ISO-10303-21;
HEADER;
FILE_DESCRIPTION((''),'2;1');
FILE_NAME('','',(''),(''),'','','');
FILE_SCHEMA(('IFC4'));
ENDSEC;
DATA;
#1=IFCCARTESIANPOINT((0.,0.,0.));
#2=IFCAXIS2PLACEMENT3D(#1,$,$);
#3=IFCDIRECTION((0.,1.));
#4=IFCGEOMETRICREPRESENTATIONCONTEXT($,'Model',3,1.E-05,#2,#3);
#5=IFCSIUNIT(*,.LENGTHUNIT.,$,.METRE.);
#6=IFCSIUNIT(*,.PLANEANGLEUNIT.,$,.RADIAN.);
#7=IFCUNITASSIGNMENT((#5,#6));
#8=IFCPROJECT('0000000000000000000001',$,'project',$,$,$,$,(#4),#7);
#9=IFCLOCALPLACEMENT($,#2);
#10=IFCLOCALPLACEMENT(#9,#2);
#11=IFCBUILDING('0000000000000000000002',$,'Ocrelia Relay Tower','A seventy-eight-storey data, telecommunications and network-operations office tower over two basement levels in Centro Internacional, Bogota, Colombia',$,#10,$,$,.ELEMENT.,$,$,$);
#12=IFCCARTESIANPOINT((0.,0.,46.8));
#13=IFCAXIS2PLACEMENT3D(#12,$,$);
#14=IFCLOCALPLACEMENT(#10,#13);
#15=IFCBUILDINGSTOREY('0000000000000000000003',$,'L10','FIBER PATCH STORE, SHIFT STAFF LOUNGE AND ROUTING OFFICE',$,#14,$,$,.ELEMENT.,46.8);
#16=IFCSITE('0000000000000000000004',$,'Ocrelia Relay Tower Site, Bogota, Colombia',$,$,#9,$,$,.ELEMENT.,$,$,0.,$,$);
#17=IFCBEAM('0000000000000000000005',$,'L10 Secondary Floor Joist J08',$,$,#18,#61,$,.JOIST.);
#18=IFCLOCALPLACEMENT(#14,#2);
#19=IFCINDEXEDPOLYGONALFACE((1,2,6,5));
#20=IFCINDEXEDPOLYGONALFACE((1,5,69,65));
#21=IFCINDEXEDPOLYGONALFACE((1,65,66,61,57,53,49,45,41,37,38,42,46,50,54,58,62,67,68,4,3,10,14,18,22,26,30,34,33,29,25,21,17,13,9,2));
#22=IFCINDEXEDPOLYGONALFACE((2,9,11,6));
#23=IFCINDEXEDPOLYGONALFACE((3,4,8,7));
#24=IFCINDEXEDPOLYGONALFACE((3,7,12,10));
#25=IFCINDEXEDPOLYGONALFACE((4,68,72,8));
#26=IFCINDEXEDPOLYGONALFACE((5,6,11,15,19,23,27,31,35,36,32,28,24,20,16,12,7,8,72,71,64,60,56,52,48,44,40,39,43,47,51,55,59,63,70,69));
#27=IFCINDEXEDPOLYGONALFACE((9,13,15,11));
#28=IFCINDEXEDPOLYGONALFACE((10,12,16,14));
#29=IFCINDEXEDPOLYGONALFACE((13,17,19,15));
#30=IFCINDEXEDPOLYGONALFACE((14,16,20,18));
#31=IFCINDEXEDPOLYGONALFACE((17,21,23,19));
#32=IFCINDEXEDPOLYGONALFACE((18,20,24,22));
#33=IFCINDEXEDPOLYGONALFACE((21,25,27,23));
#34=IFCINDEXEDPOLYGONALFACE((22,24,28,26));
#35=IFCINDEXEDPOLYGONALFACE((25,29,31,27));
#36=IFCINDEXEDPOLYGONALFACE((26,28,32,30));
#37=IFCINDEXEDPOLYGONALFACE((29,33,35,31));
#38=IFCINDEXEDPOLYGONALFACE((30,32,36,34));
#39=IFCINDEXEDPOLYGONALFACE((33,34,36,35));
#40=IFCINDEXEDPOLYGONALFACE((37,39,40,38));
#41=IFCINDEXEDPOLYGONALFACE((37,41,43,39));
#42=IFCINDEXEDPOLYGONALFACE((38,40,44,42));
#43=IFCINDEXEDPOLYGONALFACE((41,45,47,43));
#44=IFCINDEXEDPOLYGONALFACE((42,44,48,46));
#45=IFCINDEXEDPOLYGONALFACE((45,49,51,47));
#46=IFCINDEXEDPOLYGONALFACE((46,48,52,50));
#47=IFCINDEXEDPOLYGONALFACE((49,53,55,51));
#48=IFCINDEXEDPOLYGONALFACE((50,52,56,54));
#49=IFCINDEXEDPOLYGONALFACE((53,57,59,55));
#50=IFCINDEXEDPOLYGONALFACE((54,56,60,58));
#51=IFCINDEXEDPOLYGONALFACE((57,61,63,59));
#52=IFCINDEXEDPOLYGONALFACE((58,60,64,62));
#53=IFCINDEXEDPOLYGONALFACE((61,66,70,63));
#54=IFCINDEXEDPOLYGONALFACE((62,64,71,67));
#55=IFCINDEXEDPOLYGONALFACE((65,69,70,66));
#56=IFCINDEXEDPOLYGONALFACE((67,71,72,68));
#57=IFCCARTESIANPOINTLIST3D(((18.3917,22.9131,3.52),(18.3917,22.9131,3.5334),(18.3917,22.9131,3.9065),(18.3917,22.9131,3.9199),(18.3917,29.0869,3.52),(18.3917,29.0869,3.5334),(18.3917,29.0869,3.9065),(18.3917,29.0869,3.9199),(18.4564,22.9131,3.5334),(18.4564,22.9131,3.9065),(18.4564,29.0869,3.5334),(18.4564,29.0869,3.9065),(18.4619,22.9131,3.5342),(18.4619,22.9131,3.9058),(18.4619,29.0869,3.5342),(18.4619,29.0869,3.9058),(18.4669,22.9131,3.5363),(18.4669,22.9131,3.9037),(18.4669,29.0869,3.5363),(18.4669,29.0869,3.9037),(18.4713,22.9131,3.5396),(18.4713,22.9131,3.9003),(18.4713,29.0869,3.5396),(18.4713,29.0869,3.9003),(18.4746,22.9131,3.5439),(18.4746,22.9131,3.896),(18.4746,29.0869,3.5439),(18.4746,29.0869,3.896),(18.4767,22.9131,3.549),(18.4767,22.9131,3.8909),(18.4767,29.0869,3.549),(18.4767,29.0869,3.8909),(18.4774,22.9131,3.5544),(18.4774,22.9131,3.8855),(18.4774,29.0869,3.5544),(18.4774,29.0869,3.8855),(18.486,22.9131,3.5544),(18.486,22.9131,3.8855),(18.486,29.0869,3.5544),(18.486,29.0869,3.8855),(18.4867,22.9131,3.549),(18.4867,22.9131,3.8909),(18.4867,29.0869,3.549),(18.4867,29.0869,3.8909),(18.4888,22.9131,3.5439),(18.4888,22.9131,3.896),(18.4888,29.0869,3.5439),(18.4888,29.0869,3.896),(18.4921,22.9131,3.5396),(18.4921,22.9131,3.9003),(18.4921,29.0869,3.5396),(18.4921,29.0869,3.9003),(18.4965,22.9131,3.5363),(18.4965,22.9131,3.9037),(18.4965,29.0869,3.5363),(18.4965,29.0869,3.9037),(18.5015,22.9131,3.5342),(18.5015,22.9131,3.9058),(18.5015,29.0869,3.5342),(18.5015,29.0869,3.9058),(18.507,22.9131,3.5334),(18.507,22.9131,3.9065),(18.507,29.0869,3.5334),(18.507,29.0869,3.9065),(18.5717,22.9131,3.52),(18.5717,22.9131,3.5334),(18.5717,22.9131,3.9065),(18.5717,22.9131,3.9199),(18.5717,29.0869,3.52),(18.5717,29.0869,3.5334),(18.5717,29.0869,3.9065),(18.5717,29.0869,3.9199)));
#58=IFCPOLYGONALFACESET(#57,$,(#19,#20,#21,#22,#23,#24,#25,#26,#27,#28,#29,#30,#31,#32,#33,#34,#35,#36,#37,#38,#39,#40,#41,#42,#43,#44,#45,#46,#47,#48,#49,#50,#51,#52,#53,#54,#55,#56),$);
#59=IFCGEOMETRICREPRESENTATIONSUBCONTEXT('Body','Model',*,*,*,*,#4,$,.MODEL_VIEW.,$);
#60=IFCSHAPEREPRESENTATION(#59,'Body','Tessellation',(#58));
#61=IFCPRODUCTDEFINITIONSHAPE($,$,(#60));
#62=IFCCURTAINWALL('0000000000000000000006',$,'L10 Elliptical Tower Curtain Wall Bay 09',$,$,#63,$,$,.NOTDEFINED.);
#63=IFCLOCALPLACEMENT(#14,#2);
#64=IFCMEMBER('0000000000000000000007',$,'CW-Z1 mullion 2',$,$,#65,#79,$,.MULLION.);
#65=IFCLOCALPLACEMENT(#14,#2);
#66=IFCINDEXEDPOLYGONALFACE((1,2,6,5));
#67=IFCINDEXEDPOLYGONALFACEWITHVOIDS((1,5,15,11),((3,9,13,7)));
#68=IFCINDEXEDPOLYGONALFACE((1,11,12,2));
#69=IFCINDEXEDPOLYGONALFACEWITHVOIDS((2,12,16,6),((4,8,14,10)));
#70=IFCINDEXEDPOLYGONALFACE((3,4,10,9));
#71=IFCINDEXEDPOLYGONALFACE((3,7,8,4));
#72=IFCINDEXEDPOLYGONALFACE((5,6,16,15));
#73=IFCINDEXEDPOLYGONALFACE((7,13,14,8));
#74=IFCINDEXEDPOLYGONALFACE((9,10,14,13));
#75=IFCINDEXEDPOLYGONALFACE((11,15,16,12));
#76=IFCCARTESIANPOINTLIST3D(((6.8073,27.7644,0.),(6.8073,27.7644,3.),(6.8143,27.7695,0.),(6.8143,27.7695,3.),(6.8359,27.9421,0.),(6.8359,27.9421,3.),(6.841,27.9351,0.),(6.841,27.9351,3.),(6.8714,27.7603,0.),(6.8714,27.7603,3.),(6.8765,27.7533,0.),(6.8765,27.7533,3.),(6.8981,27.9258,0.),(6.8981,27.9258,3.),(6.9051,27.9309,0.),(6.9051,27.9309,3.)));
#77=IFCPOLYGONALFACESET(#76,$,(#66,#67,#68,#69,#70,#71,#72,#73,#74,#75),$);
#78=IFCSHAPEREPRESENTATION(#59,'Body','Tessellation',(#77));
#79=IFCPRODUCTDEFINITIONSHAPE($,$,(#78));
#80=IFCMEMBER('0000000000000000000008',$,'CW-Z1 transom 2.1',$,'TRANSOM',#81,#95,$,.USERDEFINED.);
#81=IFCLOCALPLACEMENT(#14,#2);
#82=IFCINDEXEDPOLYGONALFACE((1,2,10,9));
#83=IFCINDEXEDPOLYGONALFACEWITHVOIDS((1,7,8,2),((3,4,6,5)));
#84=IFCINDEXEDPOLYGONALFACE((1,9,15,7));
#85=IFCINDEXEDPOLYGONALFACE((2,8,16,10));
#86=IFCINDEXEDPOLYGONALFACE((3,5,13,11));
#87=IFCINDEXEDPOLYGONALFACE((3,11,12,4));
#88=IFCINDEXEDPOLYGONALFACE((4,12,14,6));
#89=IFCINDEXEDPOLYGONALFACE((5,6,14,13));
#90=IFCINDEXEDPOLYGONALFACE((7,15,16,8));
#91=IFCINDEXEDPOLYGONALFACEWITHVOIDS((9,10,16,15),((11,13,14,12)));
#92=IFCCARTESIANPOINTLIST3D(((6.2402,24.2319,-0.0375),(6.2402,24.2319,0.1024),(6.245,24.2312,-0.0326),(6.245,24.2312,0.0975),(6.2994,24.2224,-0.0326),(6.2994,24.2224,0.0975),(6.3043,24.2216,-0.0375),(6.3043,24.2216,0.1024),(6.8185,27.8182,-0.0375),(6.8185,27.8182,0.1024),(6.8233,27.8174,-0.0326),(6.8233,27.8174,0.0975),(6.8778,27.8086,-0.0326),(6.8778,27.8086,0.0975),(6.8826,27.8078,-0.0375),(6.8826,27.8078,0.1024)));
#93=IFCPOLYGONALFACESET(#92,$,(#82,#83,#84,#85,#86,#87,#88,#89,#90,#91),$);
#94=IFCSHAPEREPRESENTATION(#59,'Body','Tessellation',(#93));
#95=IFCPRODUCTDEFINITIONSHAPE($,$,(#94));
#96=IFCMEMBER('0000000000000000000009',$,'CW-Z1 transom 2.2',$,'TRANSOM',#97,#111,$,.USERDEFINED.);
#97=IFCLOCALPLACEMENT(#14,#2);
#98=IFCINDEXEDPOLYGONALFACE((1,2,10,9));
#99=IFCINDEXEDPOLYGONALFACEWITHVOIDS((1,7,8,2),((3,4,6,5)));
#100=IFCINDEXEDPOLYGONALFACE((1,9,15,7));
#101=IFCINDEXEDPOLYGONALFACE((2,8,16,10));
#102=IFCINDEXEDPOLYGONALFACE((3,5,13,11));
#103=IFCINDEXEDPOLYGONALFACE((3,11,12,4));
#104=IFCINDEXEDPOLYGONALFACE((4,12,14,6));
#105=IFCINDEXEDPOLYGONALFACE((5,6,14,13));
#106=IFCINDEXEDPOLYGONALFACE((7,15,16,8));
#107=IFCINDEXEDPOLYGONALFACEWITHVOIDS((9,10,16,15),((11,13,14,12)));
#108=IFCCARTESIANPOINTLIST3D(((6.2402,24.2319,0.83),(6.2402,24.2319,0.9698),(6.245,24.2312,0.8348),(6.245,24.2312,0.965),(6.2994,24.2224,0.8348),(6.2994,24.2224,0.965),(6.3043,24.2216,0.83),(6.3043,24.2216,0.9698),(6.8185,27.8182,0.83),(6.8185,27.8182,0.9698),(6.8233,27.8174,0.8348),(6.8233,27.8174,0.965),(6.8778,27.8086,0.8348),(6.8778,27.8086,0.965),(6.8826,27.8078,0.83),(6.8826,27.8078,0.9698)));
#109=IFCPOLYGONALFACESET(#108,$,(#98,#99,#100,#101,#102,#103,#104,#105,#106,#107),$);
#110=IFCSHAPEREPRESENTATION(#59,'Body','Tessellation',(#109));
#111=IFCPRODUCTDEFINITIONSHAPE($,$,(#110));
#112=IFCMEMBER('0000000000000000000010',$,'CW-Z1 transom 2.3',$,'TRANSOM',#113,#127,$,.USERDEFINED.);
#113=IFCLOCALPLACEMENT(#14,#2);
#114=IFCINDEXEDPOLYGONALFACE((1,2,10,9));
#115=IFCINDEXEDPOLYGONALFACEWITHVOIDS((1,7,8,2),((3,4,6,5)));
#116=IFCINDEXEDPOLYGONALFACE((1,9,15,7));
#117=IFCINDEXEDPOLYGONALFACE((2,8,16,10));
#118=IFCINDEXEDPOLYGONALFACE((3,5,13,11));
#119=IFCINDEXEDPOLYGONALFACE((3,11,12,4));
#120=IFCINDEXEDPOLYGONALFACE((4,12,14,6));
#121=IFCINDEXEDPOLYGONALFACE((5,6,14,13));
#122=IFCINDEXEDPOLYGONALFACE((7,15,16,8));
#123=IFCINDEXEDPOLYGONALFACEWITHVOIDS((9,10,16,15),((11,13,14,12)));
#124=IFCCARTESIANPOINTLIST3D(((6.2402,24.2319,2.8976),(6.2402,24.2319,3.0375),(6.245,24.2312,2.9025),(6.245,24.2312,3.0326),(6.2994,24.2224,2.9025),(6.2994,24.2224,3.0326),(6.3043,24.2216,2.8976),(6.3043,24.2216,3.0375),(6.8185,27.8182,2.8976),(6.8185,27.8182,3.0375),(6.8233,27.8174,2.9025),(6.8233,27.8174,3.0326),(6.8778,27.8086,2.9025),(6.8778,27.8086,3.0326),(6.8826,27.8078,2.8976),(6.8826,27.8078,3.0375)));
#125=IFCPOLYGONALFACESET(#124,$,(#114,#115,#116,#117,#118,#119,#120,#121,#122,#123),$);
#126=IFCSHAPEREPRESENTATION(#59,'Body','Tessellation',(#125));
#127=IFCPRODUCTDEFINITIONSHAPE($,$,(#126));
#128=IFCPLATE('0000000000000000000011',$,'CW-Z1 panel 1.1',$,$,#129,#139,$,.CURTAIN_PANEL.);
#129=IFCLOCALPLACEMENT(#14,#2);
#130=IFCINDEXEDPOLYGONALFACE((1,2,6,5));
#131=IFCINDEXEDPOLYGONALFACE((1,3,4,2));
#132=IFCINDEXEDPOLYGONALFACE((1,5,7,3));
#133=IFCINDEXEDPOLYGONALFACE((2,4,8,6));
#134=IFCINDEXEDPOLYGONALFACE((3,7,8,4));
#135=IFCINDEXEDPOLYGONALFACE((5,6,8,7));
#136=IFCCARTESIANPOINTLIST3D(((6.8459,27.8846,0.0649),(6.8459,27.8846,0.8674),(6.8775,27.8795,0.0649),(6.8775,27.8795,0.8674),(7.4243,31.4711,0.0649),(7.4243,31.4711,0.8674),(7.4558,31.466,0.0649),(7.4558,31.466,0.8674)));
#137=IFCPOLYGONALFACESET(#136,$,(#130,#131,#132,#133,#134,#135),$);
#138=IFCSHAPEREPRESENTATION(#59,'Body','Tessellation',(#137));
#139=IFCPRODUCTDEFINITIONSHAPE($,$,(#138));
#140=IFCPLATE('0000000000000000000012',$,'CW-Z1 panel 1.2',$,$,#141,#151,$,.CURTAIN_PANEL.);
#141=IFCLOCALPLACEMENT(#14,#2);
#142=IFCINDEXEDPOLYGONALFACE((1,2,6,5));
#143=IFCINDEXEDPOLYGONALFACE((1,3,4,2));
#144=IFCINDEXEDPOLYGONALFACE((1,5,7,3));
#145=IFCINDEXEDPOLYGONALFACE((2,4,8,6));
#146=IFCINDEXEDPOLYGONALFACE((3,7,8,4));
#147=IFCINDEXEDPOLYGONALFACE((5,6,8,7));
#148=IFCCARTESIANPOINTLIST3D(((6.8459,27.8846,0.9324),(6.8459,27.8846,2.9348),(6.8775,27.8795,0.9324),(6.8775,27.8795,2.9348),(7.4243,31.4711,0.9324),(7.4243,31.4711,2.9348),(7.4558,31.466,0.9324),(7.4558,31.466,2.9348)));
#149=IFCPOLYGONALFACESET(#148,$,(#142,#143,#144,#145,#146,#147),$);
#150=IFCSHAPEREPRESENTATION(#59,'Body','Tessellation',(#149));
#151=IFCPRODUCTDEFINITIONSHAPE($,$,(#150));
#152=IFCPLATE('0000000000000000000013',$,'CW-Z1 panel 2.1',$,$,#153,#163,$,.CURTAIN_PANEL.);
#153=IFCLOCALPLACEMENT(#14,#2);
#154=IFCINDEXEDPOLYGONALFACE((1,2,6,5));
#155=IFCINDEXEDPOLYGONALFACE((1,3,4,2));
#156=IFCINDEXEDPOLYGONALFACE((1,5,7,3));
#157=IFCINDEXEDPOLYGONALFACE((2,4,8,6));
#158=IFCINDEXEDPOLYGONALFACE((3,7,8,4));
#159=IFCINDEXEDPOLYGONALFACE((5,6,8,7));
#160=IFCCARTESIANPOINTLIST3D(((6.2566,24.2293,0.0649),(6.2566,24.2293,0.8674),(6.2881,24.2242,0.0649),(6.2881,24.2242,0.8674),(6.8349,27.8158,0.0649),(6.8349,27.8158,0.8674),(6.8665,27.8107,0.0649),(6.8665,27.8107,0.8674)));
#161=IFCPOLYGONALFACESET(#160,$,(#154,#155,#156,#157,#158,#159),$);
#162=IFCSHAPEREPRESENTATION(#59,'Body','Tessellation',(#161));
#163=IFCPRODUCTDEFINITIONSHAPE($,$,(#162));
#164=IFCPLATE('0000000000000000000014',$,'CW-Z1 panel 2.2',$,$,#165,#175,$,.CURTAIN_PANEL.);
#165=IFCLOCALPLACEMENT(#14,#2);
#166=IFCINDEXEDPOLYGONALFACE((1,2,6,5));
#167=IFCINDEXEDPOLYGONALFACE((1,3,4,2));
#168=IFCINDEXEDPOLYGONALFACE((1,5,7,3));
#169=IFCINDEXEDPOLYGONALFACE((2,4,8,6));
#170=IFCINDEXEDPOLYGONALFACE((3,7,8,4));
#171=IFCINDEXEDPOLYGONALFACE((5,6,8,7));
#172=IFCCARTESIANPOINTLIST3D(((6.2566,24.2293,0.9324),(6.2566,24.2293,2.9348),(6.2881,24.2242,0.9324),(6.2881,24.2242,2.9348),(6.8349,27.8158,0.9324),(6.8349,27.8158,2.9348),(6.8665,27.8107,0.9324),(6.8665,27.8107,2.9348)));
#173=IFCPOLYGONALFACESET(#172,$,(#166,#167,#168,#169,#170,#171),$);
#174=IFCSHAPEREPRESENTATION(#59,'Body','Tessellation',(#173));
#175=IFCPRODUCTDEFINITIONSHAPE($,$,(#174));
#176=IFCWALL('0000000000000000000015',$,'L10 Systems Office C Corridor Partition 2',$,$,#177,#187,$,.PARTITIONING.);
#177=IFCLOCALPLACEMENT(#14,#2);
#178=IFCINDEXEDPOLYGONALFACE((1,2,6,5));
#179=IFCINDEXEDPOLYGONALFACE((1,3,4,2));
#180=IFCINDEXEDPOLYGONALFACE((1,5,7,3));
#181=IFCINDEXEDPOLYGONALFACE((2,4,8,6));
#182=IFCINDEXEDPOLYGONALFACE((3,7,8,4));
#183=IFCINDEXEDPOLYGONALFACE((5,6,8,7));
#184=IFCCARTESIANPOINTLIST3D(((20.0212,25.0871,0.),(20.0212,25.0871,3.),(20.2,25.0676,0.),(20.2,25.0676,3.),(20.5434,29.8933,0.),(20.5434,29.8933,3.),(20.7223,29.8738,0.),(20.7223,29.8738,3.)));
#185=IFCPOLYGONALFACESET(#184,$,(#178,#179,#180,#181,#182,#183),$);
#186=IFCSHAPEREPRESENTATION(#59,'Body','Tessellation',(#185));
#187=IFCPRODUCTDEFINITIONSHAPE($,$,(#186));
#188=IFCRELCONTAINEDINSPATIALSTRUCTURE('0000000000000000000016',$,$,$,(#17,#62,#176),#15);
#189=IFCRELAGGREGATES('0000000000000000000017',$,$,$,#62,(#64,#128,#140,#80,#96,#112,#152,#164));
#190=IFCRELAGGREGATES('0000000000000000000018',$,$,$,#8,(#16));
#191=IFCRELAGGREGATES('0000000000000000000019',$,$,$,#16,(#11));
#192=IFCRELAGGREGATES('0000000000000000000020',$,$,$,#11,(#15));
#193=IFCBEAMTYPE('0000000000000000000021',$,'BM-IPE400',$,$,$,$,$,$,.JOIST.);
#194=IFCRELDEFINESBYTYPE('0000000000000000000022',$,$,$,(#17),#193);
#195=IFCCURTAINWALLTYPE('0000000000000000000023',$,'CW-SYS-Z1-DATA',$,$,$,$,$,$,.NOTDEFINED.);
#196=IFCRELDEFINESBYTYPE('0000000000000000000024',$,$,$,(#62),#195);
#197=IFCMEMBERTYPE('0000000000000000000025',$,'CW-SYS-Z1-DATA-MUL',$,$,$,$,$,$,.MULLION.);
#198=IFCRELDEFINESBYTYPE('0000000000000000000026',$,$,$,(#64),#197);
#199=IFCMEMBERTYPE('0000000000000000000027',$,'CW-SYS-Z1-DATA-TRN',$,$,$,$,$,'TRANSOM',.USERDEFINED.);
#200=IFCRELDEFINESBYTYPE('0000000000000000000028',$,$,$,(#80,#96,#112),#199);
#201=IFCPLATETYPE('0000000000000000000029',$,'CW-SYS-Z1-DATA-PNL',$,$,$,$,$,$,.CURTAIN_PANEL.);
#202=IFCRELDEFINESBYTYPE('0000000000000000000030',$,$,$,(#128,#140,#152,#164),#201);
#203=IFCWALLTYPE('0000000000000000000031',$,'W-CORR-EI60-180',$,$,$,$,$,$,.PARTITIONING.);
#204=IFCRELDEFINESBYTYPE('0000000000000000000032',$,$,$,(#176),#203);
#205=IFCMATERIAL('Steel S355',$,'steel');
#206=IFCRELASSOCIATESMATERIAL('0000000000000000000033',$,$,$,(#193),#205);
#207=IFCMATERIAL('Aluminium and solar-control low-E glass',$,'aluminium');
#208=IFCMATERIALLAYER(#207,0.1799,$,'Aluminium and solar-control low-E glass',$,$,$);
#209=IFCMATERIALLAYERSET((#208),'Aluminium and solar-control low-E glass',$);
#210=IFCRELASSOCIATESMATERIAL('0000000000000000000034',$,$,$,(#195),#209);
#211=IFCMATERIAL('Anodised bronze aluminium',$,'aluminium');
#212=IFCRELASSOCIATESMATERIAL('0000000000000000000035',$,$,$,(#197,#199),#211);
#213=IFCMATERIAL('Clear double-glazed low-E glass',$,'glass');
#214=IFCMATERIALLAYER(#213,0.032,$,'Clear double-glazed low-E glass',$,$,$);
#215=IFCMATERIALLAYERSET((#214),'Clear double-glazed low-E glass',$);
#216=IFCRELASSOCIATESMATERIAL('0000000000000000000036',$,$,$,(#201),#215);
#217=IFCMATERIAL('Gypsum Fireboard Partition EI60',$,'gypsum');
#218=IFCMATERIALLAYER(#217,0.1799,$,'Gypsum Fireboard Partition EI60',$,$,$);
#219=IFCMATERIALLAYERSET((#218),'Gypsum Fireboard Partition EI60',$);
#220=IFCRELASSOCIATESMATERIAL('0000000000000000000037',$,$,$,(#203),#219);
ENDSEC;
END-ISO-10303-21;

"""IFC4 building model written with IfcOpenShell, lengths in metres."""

from ifc_helpers import new_model, si_unit, direction, frame, frame_2d, origin, origin_2d, place, context, subcontext, project, spatial, rectangle, hollow_rectangle, i_section, extrude, material, layer, layer_set, material_profile, profile_set, type_object, element, aggregate, save


model = new_model("IFC4")

# Units and contexts
model_context = context("Model", 3, precision=1e-05, world=origin(), true_north=direction((0.0, 1.0)))
body_context = subcontext(model_context, "Body", "Model", "MODEL_VIEW")
ifc_project = project(units=[si_unit("LENGTHUNIT", "METRE"), si_unit("PLANEANGLEUNIT", "RADIAN")], contexts=[model_context])

# Site, building, storey
site_placement = place(None, origin())
site = spatial("IfcSite", under=ifc_project, at=site_placement, Name="Ocrelia Relay Tower Site, Bogota, Colombia", CompositionType="ELEMENT", RefElevation=0.0)
building_placement = place(site_placement, origin())
building = spatial("IfcBuilding", under=site, at=building_placement, Name="Ocrelia Relay Tower", Description="A seventy-eight-storey data, telecommunications and network-operations office tower over two basement levels in Centro Internacional, Bogota, Colombia", CompositionType="ELEMENT")
storey_placement = place(building_placement, frame((0.0, 0.0, 46.8)))
storey = spatial("IfcBuildingStorey", under=building, at=storey_placement, Name="L10", Description="FIBER PATCH STORE, SHIFT STAFF LOUNGE AND ROUTING OFFICE", CompositionType="ELEMENT", Elevation=46.8)

# Beam
ifc_material_1 = material(Name="Steel S355", Category="steel")
ifc_material_profile_1 = material_profile(ifc_material_1, i_section(OverallWidth=0.1799, OverallDepth=0.3999, WebThickness=0.0085, FlangeThickness=0.0134, FilletRadius=0.021, at=origin_2d()), Name="IPE 400")
ifc_profile_set_1 = profile_set([ifc_material_profile_1], Name="Steel S355")
beam_type_1 = type_object("IfcBeamType", Name="BM-IPE400", PredefinedType="JOIST", material=ifc_profile_set_1)
beam_1_placement = place(storey_placement, frame((18.4817, 29.0869, 3.72), z_axis=(0.0, -1.0, 0.0), x_axis=(1.0, 0.0, 0.0)))
element("IfcBeam", 1, at=beam_1_placement, inside=storey, type_object=beam_type_1, Name="L10 Secondary Floor Joist J08", PredefinedType="JOIST", context=body_context, shape_type="SweptSolid", body=[
    extrude(i_section(OverallWidth=0.1799, OverallDepth=0.3999, WebThickness=0.0085, FlangeThickness=0.0134, FilletRadius=0.021, at=origin_2d()), origin(), (0.0, 0.0, 1.0), 6.1738),
])

# Curtain wall, members, plates
ifc_material_2 = material(Name="Aluminium and solar-control low-E glass", Category="aluminium")
ifc_layer_1 = layer(ifc_material_2, 0.1799, Name="Aluminium and solar-control low-E glass")
ifc_layer_set_1 = layer_set([ifc_layer_1], Name="Aluminium and solar-control low-E glass")
curtain_wall_type = type_object("IfcCurtainWallType", Name="CW-SYS-Z1-DATA", PredefinedType="NOTDEFINED", material=ifc_layer_set_1)
curtain_wall_placement = place(storey_placement, origin())
curtain_wall = element("IfcCurtainWall", 2, at=curtain_wall_placement, inside=storey, type_object=curtain_wall_type, Name="L10 Elliptical Tower Curtain Wall Bay 09", PredefinedType="NOTDEFINED")
ifc_material_3 = material(Name="Anodised bronze aluminium", Category="aluminium")
ifc_material_profile_2 = material_profile(ifc_material_3, hollow_rectangle(XDim=0.0701, YDim=0.1799, WallThickness=0.0061, at=origin_2d()), Name="CW-MUL-180x70")
ifc_profile_set_2 = profile_set([ifc_material_profile_2], Name="Anodised bronze aluminium")
member_type_1 = type_object("IfcMemberType", Name="CW-SYS-Z1-DATA-MUL", PredefinedType="MULLION", material=ifc_profile_set_2)
member_1_placement = place(storey_placement, frame((6.8562, 27.8477, 0.0), z_axis=(0.0, 0.0, 1.0), x_axis=(0.987246, -0.159201, 0.0)))
member_1 = element("IfcMember", 3, at=member_1_placement, type_object=member_type_1, Name="CW-Z1 mullion 2", PredefinedType="MULLION", context=body_context, shape_type="SweptSolid", body=[
    extrude(hollow_rectangle(XDim=0.0701, YDim=0.1799, WallThickness=0.0061, at=origin_2d()), origin(), (0.0, 0.0, 1.0), 3.0),
])
ifc_material_profile_3 = material_profile(ifc_material_3, hollow_rectangle(XDim=0.0649, YDim=0.1399, WallThickness=0.0049, at=origin_2d()), Name="CW-TRN-140x65")
ifc_profile_set_3 = profile_set([ifc_material_profile_3], Name="Anodised bronze aluminium")
member_type_2 = type_object("IfcMemberType", Name="CW-SYS-Z1-DATA-TRN", ElementType="TRANSOM", PredefinedType="USERDEFINED", material=ifc_profile_set_3)
member_2_placement = place(storey_placement, frame((6.8506, 27.813, 0.0325), z_axis=(-0.15922, -0.987243, 0.0), x_axis=(0.987243, -0.15922, 0.0)))
member_2 = element("IfcMember", 4, at=member_2_placement, type_object=member_type_2, Name="CW-Z1 transom 2.1", ObjectType="TRANSOM", PredefinedType="USERDEFINED", context=body_context, shape_type="SweptSolid", body=[
    extrude(hollow_rectangle(XDim=0.0649, YDim=0.1399, WallThickness=0.0049, at=origin_2d()), origin(), (0.0, 0.0, 1.0), 3.6326),
])
member_3_placement = place(storey_placement, frame((6.8506, 27.813, 0.8999), z_axis=(-0.15922, -0.987243, 0.0), x_axis=(0.987243, -0.15922, 0.0)))
member_3 = element("IfcMember", 5, at=member_3_placement, type_object=member_type_2, Name="CW-Z1 transom 2.2", ObjectType="TRANSOM", PredefinedType="USERDEFINED", context=body_context, shape_type="SweptSolid", body=[
    extrude(hollow_rectangle(XDim=0.0649, YDim=0.1399, WallThickness=0.0049, at=origin_2d()), origin(), (0.0, 0.0, 1.0), 3.6326),
])
member_4_placement = place(storey_placement, frame((6.8506, 27.813, 2.9675), z_axis=(-0.15922, -0.987243, 0.0), x_axis=(0.987243, -0.15922, 0.0)))
member_4 = element("IfcMember", 6, at=member_4_placement, type_object=member_type_2, Name="CW-Z1 transom 2.3", ObjectType="TRANSOM", PredefinedType="USERDEFINED", context=body_context, shape_type="SweptSolid", body=[
    extrude(hollow_rectangle(XDim=0.0649, YDim=0.1399, WallThickness=0.0049, at=origin_2d()), origin(), (0.0, 0.0, 1.0), 3.6326),
])
ifc_material_4 = material(Name="Clear double-glazed low-E glass", Category="glass")
ifc_layer_2 = layer(ifc_material_4, 0.032, Name="Clear double-glazed low-E glass")
ifc_layer_set_2 = layer_set([ifc_layer_2], Name="Clear double-glazed low-E glass")
plate_type = type_object("IfcPlateType", Name="CW-SYS-Z1-DATA-PNL", PredefinedType="CURTAIN_PANEL", material=ifc_layer_set_2)
plate_1_placement = place(storey_placement, frame((7.1509, 29.6753, 0.0649), z_axis=(0.0, 0.0, 1.0), x_axis=(-0.159201, -0.987246, 0.0)))
plate_1 = element("IfcPlate", 7, at=plate_1_placement, type_object=plate_type, Name="CW-Z1 panel 1.1", PredefinedType="CURTAIN_PANEL", context=body_context, shape_type="SweptSolid", body=[
    extrude(rectangle(XDim=3.6328, YDim=0.032, at=origin_2d()), origin(), (0.0, 0.0, 1.0), 0.8025),
])
plate_2_placement = place(storey_placement, frame((7.1509, 29.6753, 0.9324), z_axis=(0.0, 0.0, 1.0), x_axis=(-0.159201, -0.987246, 0.0)))
plate_2 = element("IfcPlate", 8, at=plate_2_placement, type_object=plate_type, Name="CW-Z1 panel 1.2", PredefinedType="CURTAIN_PANEL", context=body_context, shape_type="SweptSolid", body=[
    extrude(rectangle(XDim=3.6328, YDim=0.032, at=origin_2d()), origin(), (0.0, 0.0, 1.0), 2.0024),
])
plate_3_placement = place(storey_placement, frame((6.5615, 26.02, 0.0649), z_axis=(0.0, 0.0, 1.0), x_axis=(-0.159201, -0.987246, 0.0)))
plate_3 = element("IfcPlate", 9, at=plate_3_placement, type_object=plate_type, Name="CW-Z1 panel 2.1", PredefinedType="CURTAIN_PANEL", context=body_context, shape_type="SweptSolid", body=[
    extrude(rectangle(XDim=3.6328, YDim=0.032, at=origin_2d()), origin(), (0.0, 0.0, 1.0), 0.8025),
])
plate_4_placement = place(storey_placement, frame((6.5615, 26.02, 0.9324), z_axis=(0.0, 0.0, 1.0), x_axis=(-0.159201, -0.987246, 0.0)))
plate_4 = element("IfcPlate", 10, at=plate_4_placement, type_object=plate_type, Name="CW-Z1 panel 2.2", PredefinedType="CURTAIN_PANEL", context=body_context, shape_type="SweptSolid", body=[
    extrude(rectangle(XDim=3.6328, YDim=0.032, at=origin_2d()), origin(), (0.0, 0.0, 1.0), 2.0024),
])
aggregate(curtain_wall, [member_1, plate_1, plate_2, member_2, member_3, member_4, plate_3, plate_4])

# Wall
ifc_material_5 = material(Name="Gypsum Fireboard Partition EI60", Category="gypsum")
ifc_layer_3 = layer(ifc_material_5, 0.1799, Name="Gypsum Fireboard Partition EI60")
ifc_layer_set_3 = layer_set([ifc_layer_3], Name="Gypsum Fireboard Partition EI60")
wall_type_1 = type_object("IfcWallType", Name="W-CORR-EI60-180", PredefinedType="PARTITIONING", material=ifc_layer_set_3)
wall_1_placement = place(storey_placement, frame((20.6328, 29.8835, 0.0), z_axis=(0.0, 0.0, 1.0), x_axis=(-0.10802, -0.994149, 0.0)))
element("IfcWall", 11, at=wall_1_placement, inside=storey, type_object=wall_type_1, Name="L10 Systems Office C Corridor Partition 2", PredefinedType="PARTITIONING", context=body_context, shape_type="SweptSolid", body=[
    extrude(rectangle(XDim=4.8345, YDim=0.1799, at=frame_2d((2.4172, 0.0))), origin(), (0.0, 0.0, 1.0), 3.0),
])

save(model, "model.ifc")
